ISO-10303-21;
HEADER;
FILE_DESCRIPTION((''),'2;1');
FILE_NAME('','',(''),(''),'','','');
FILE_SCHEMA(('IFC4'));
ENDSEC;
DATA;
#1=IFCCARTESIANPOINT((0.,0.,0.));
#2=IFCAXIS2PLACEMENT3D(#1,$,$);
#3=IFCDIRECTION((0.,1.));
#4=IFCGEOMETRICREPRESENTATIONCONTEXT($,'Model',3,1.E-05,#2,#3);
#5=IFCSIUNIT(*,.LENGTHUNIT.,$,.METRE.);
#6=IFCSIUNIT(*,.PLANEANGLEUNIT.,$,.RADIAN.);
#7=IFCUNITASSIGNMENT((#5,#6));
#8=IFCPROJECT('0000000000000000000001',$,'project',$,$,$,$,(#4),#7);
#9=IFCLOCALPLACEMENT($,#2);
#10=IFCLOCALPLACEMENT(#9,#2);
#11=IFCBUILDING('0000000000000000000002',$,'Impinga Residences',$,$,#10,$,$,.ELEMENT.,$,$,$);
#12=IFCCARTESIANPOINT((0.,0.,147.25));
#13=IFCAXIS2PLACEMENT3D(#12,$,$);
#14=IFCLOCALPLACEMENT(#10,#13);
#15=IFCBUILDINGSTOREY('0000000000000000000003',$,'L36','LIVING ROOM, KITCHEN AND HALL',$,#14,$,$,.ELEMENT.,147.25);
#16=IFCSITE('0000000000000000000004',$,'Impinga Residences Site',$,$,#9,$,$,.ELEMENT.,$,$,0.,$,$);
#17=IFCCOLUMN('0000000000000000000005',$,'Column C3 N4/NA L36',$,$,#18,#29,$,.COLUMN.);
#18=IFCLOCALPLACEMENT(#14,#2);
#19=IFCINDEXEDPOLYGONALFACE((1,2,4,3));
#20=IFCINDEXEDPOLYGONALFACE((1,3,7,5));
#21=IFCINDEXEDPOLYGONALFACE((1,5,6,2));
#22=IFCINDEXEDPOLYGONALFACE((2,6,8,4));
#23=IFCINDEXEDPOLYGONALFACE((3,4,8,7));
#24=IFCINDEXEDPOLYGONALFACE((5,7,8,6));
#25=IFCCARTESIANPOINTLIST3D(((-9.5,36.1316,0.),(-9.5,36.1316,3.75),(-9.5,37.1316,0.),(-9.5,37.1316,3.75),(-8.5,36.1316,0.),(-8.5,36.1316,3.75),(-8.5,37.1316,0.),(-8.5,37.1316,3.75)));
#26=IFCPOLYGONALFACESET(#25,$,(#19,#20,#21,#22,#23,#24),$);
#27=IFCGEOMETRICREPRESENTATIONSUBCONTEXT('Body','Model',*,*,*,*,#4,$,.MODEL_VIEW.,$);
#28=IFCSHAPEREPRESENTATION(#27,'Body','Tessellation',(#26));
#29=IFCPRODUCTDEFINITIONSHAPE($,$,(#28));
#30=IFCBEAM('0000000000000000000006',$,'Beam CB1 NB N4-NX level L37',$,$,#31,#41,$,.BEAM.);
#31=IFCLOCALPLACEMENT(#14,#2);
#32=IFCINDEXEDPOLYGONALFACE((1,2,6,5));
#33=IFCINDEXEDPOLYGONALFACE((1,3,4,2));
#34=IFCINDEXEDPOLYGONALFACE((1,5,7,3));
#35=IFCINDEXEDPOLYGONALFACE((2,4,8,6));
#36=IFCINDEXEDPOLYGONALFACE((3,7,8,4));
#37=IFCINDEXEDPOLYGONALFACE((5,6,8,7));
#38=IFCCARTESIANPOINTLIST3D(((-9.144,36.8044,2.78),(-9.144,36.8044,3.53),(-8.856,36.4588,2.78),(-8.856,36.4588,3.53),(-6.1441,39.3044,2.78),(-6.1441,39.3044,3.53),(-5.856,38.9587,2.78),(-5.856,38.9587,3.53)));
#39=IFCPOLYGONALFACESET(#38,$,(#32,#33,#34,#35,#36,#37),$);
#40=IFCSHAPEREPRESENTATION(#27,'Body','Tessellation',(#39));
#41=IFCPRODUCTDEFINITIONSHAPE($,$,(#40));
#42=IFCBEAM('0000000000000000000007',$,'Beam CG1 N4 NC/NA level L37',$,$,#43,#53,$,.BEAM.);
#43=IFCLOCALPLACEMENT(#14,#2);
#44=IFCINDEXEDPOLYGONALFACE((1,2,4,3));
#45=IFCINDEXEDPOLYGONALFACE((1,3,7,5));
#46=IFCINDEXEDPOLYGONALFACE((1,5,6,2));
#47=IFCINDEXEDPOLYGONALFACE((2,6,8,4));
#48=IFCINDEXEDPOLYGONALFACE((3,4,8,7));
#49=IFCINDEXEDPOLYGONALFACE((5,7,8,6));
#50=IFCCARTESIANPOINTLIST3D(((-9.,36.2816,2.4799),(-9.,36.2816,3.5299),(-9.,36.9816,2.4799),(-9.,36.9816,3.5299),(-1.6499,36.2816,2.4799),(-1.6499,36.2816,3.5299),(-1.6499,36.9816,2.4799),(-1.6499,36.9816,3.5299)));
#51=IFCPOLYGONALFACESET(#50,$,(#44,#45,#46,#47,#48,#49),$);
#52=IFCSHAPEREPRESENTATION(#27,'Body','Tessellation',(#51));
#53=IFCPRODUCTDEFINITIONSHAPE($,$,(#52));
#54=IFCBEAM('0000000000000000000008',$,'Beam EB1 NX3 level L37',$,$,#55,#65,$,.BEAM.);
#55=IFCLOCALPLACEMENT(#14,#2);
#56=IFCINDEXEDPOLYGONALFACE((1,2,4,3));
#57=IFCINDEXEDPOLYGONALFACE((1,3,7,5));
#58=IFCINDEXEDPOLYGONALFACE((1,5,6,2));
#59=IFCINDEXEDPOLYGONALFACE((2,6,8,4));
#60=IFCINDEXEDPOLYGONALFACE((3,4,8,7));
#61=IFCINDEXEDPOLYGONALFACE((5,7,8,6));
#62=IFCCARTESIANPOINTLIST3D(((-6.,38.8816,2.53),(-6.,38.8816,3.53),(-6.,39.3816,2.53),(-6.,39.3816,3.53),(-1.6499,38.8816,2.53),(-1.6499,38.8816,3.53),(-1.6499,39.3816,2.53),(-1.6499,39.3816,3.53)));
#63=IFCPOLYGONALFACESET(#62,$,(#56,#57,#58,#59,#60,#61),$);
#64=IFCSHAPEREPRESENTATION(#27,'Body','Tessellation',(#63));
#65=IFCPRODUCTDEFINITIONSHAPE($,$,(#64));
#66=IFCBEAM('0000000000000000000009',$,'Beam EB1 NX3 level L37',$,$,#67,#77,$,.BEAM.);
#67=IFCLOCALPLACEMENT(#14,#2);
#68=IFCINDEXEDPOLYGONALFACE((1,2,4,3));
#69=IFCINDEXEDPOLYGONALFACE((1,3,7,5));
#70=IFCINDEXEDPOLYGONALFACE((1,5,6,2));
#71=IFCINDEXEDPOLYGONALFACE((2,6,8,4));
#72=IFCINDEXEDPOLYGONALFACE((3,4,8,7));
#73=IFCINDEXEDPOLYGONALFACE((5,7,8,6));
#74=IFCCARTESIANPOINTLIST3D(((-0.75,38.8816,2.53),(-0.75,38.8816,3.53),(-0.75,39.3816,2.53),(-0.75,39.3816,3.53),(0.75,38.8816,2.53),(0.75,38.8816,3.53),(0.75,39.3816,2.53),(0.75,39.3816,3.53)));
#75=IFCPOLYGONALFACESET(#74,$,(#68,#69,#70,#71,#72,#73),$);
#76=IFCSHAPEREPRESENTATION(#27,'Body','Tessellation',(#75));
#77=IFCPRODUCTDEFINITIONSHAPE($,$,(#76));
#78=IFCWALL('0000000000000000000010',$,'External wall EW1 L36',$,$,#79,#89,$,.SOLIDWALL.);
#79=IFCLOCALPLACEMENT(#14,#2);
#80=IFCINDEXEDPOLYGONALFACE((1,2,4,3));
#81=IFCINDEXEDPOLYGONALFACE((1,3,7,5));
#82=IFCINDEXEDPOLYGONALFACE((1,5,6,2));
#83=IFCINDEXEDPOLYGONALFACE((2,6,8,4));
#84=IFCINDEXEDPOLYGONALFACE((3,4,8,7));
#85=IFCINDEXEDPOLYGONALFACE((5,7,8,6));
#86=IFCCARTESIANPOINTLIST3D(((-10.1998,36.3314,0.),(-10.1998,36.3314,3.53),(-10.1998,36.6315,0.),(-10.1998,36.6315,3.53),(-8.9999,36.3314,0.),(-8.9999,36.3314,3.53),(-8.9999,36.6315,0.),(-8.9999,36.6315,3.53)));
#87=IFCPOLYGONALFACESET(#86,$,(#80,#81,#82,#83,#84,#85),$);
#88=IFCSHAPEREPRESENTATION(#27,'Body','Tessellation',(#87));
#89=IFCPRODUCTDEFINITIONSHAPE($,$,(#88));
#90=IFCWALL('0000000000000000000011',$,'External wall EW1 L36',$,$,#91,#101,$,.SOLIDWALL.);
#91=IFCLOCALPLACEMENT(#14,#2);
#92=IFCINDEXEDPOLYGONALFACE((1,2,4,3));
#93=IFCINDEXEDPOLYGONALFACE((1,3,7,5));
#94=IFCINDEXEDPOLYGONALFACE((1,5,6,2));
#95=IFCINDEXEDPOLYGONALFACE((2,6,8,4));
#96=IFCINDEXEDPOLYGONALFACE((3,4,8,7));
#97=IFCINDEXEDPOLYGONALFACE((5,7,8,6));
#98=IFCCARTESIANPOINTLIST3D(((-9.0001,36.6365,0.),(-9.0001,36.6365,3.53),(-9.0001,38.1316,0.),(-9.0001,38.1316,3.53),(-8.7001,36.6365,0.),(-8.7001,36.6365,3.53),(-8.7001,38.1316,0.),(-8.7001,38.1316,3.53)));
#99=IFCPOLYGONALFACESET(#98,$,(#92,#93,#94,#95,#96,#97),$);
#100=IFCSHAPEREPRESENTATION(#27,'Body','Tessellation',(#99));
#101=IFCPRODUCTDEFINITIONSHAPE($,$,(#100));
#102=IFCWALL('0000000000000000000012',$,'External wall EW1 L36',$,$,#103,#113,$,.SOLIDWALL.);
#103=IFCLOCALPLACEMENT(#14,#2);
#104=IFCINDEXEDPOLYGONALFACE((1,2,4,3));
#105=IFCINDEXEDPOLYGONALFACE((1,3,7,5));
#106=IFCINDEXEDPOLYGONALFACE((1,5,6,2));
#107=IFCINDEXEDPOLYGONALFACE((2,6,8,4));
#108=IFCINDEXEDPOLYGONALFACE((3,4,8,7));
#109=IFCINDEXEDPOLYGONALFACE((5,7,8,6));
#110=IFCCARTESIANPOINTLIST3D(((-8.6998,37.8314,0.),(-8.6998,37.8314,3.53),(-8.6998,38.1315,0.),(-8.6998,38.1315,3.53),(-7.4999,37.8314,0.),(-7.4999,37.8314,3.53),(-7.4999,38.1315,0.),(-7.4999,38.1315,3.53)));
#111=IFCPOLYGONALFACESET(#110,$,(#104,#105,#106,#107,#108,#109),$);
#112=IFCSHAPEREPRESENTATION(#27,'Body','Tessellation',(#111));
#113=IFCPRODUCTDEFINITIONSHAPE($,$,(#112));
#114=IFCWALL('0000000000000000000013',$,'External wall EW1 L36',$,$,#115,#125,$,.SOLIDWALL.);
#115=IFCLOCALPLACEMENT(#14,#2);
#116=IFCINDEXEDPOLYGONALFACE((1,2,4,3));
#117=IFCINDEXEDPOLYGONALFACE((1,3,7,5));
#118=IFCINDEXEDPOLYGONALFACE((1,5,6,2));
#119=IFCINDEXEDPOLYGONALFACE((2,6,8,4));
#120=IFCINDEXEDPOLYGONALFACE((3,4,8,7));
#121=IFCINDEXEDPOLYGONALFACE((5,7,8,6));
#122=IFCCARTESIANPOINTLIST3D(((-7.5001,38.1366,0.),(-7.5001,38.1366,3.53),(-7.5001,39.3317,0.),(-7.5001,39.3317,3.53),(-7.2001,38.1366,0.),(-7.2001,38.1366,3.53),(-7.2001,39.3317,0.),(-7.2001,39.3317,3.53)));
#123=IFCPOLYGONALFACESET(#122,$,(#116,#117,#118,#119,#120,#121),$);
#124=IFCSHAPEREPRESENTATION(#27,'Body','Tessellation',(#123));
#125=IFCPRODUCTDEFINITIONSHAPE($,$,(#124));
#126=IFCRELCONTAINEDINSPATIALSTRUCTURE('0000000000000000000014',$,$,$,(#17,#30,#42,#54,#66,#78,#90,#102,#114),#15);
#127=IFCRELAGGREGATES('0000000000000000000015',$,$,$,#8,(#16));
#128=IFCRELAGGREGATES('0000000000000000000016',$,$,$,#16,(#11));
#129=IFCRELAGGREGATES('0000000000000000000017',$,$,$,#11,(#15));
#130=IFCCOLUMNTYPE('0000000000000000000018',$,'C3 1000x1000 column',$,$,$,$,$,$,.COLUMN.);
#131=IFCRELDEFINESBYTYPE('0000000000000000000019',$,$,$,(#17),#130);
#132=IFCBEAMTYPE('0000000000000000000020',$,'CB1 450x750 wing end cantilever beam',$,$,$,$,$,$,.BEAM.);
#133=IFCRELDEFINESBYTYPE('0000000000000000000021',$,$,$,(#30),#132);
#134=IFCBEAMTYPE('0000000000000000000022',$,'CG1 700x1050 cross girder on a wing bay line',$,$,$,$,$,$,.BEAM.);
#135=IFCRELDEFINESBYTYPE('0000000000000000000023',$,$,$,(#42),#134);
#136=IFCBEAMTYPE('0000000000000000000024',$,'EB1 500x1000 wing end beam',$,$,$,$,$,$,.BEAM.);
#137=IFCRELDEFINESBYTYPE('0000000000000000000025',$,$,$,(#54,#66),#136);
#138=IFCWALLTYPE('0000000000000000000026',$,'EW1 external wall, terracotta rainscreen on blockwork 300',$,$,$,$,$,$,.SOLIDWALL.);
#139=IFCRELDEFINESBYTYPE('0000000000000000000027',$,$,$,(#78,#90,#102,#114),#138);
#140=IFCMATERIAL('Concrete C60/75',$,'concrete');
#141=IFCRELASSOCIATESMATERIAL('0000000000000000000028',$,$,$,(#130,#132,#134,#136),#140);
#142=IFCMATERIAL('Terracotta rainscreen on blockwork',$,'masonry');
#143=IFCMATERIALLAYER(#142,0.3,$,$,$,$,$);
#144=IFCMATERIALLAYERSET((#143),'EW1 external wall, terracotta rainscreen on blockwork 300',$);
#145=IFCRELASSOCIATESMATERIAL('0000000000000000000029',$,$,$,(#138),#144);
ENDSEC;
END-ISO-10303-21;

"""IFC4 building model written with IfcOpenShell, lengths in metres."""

from ifc_helpers import new_model, si_unit, direction, frame, frame_2d, origin, origin_2d, place, context, subcontext, project, spatial, rectangle, extrude, material, layer, layer_set, material_profile, profile_set, type_object, element, save


model = new_model("IFC4")

# Units and contexts
model_context = context("Model", 3, precision=1e-05, world=origin(), true_north=direction((0.0, 1.0)))
body_context = subcontext(model_context, "Body", "Model", "MODEL_VIEW")
ifc_project = project(units=[si_unit("LENGTHUNIT", "METRE"), si_unit("PLANEANGLEUNIT", "RADIAN")], contexts=[model_context])

# Site, building, storey
site_placement = place(None, origin())
site = spatial("IfcSite", under=ifc_project, at=site_placement, Name="Impinga Residences Site", CompositionType="ELEMENT", RefElevation=0.0)
building_placement = place(site_placement, origin())
building = spatial("IfcBuilding", under=site, at=building_placement, Name="Impinga Residences", CompositionType="ELEMENT")
storey_placement = place(building_placement, frame((0.0, 0.0, 147.25)))
storey = spatial("IfcBuildingStorey", under=building, at=storey_placement, Name="L36", Description="LIVING ROOM, KITCHEN AND HALL", CompositionType="ELEMENT", Elevation=147.25)

# Column
ifc_material_1 = material(Name="Concrete C60/75", Category="concrete")
ifc_material_profile_1 = material_profile(ifc_material_1, rectangle(XDim=1.0, YDim=1.0, at=origin_2d()), Name="RC 1000x1000")
ifc_profile_set_1 = profile_set([ifc_material_profile_1], Name="Concrete C60/75")
column_type = type_object("IfcColumnType", Name="C3 1000x1000 column", PredefinedType="COLUMN", material=ifc_profile_set_1)
column_placement = place(storey_placement, frame((-9.0, 36.6316, 0.0), z_axis=(0.0, 0.0, 1.0), x_axis=(1.0, 0.0, 0.0)))
element("IfcColumn", 1, at=column_placement, inside=storey, type_object=column_type, Name="Column C3 N4/NA L36", PredefinedType="COLUMN", context=body_context, shape_type="SweptSolid", body=[
    extrude(rectangle(XDim=1.0, YDim=1.0, at=origin_2d()), origin(), (0.0, 0.0, 1.0), 3.75),
])

# Beams
ifc_material_profile_2 = material_profile(ifc_material_1, rectangle(XDim=0.45, YDim=0.75, at=origin_2d()), Name="RC 450x750")
ifc_profile_set_2 = profile_set([ifc_material_profile_2], Name="Concrete C60/75")
beam_type_1 = type_object("IfcBeamType", Name="CB1 450x750 wing end cantilever beam", PredefinedType="BEAM", material=ifc_profile_set_2)
beam_1_placement = place(storey_placement, frame((-9.0, 36.6316, 3.155), z_axis=(0.768221, 0.640184, 0.0), x_axis=(-0.640184, 0.768221, 0.0)))
element("IfcBeam", 2, at=beam_1_placement, inside=storey, type_object=beam_type_1, Name="Beam CB1 NB N4-NX level L37", PredefinedType="BEAM", context=body_context, shape_type="SweptSolid", body=[
    extrude(rectangle(XDim=0.45, YDim=0.75, at=origin_2d()), origin(), (0.0, 0.0, 1.0), 3.905),
])
ifc_material_profile_3 = material_profile(ifc_material_1, rectangle(XDim=0.7, YDim=1.05, at=origin_2d()), Name="RC 700x1050")
ifc_profile_set_3 = profile_set([ifc_material_profile_3], Name="Concrete C60/75")
beam_type_2 = type_object("IfcBeamType", Name="CG1 700x1050 cross girder on a wing bay line", PredefinedType="BEAM", material=ifc_profile_set_3)
beam_2_placement = place(storey_placement, frame((-1.6499, 36.6316, 3.0049), z_axis=(-1.0, 0.0, 0.0), x_axis=(0.0, -1.0, 0.0)))
element("IfcBeam", 3, at=beam_2_placement, inside=storey, type_object=beam_type_2, Name="Beam CG1 N4 NC/NA level L37", PredefinedType="BEAM", context=body_context, shape_type="SweptSolid", body=[
    extrude(rectangle(XDim=0.7, YDim=1.05, at=origin_2d()), origin(), (0.0, 0.0, 1.0), 7.3501),
])
ifc_material_profile_4 = material_profile(ifc_material_1, rectangle(XDim=0.5, YDim=1.0, at=origin_2d()), Name="RC 500x1000")
ifc_profile_set_4 = profile_set([ifc_material_profile_4], Name="Concrete C60/75")
beam_type_3 = type_object("IfcBeamType", Name="EB1 500x1000 wing end beam", PredefinedType="BEAM", material=ifc_profile_set_4)
beam_3_placement = place(storey_placement, frame((-6.0, 39.1316, 3.03), z_axis=(1.0, 0.0, 0.0), x_axis=(0.0, 1.0, 0.0)))
element("IfcBeam", 4, at=beam_3_placement, inside=storey, type_object=beam_type_3, Name="Beam EB1 NX3 level L37", PredefinedType="BEAM", context=body_context, shape_type="SweptSolid", body=[
    extrude(rectangle(XDim=0.5, YDim=1.0, at=origin_2d()), origin(), (0.0, 0.0, 1.0), 4.3501),
])
beam_4_placement = place(storey_placement, frame((-0.75, 39.1316, 3.03), z_axis=(1.0, 0.0, 0.0), x_axis=(0.0, 1.0, 0.0)))
element("IfcBeam", 5, at=beam_4_placement, inside=storey, type_object=beam_type_3, Name="Beam EB1 NX3 level L37", PredefinedType="BEAM", context=body_context, shape_type="SweptSolid", body=[
    extrude(rectangle(XDim=0.5, YDim=1.0, at=origin_2d()), origin(), (0.0, 0.0, 1.0), 1.5),
])

# Walls
ifc_material_2 = material(Name="Terracotta rainscreen on blockwork", Category="masonry")
ifc_layer_1 = layer(ifc_material_2, 0.3)
ifc_layer_set_1 = layer_set([ifc_layer_1], Name="EW1 external wall, terracotta rainscreen on blockwork 300")
wall_type_1 = type_object("IfcWallType", Name="EW1 external wall, terracotta rainscreen on blockwork 300", PredefinedType="SOLIDWALL", material=ifc_layer_set_1)
wall_1_placement = place(storey_placement, frame((-10.2, 36.4814, 0.0), z_axis=(0.0, 0.0, 1.0), x_axis=(1.0, 0.0, 0.0)))
element("IfcWall", 6, at=wall_1_placement, inside=storey, type_object=wall_type_1, Name="External wall EW1 L36", PredefinedType="SOLIDWALL", context=body_context, shape_type="SweptSolid", body=[
    extrude(rectangle(XDim=1.2, YDim=0.3, at=frame_2d((0.6001, 0.0))), origin(), (0.0, 0.0, 1.0), 3.53),
])
wall_2_placement = place(storey_placement, frame((-8.8501, 36.6365, 0.0), z_axis=(0.0, 0.0, 1.0), x_axis=(0.0, 1.0, 0.0)))
element("IfcWall", 7, at=wall_2_placement, inside=storey, type_object=wall_type_1, Name="External wall EW1 L36", PredefinedType="SOLIDWALL", context=body_context, shape_type="SweptSolid", body=[
    extrude(rectangle(XDim=1.4951, YDim=0.3, at=frame_2d((0.7476, 0.0))), origin(), (0.0, 0.0, 1.0), 3.53),
])
wall_3_placement = place(storey_placement, frame((-8.7, 37.9814, 0.0), z_axis=(0.0, 0.0, 1.0), x_axis=(1.0, 0.0, 0.0)))
element("IfcWall", 8, at=wall_3_placement, inside=storey, type_object=wall_type_1, Name="External wall EW1 L36", PredefinedType="SOLIDWALL", context=body_context, shape_type="SweptSolid", body=[
    extrude(rectangle(XDim=1.2, YDim=0.3, at=frame_2d((0.6001, 0.0))), origin(), (0.0, 0.0, 1.0), 3.53),
])
wall_4_placement = place(storey_placement, frame((-7.3501, 38.1365, 0.0), z_axis=(0.0, 0.0, 1.0), x_axis=(0.0, 1.0, 0.0)))
element("IfcWall", 9, at=wall_4_placement, inside=storey, type_object=wall_type_1, Name="External wall EW1 L36", PredefinedType="SOLIDWALL", context=body_context, shape_type="SweptSolid", body=[
    extrude(rectangle(XDim=1.1951, YDim=0.3, at=frame_2d((0.5977, 0.0))), origin(), (0.0, 0.0, 1.0), 3.53),
])

save(model, "model.ifc")
